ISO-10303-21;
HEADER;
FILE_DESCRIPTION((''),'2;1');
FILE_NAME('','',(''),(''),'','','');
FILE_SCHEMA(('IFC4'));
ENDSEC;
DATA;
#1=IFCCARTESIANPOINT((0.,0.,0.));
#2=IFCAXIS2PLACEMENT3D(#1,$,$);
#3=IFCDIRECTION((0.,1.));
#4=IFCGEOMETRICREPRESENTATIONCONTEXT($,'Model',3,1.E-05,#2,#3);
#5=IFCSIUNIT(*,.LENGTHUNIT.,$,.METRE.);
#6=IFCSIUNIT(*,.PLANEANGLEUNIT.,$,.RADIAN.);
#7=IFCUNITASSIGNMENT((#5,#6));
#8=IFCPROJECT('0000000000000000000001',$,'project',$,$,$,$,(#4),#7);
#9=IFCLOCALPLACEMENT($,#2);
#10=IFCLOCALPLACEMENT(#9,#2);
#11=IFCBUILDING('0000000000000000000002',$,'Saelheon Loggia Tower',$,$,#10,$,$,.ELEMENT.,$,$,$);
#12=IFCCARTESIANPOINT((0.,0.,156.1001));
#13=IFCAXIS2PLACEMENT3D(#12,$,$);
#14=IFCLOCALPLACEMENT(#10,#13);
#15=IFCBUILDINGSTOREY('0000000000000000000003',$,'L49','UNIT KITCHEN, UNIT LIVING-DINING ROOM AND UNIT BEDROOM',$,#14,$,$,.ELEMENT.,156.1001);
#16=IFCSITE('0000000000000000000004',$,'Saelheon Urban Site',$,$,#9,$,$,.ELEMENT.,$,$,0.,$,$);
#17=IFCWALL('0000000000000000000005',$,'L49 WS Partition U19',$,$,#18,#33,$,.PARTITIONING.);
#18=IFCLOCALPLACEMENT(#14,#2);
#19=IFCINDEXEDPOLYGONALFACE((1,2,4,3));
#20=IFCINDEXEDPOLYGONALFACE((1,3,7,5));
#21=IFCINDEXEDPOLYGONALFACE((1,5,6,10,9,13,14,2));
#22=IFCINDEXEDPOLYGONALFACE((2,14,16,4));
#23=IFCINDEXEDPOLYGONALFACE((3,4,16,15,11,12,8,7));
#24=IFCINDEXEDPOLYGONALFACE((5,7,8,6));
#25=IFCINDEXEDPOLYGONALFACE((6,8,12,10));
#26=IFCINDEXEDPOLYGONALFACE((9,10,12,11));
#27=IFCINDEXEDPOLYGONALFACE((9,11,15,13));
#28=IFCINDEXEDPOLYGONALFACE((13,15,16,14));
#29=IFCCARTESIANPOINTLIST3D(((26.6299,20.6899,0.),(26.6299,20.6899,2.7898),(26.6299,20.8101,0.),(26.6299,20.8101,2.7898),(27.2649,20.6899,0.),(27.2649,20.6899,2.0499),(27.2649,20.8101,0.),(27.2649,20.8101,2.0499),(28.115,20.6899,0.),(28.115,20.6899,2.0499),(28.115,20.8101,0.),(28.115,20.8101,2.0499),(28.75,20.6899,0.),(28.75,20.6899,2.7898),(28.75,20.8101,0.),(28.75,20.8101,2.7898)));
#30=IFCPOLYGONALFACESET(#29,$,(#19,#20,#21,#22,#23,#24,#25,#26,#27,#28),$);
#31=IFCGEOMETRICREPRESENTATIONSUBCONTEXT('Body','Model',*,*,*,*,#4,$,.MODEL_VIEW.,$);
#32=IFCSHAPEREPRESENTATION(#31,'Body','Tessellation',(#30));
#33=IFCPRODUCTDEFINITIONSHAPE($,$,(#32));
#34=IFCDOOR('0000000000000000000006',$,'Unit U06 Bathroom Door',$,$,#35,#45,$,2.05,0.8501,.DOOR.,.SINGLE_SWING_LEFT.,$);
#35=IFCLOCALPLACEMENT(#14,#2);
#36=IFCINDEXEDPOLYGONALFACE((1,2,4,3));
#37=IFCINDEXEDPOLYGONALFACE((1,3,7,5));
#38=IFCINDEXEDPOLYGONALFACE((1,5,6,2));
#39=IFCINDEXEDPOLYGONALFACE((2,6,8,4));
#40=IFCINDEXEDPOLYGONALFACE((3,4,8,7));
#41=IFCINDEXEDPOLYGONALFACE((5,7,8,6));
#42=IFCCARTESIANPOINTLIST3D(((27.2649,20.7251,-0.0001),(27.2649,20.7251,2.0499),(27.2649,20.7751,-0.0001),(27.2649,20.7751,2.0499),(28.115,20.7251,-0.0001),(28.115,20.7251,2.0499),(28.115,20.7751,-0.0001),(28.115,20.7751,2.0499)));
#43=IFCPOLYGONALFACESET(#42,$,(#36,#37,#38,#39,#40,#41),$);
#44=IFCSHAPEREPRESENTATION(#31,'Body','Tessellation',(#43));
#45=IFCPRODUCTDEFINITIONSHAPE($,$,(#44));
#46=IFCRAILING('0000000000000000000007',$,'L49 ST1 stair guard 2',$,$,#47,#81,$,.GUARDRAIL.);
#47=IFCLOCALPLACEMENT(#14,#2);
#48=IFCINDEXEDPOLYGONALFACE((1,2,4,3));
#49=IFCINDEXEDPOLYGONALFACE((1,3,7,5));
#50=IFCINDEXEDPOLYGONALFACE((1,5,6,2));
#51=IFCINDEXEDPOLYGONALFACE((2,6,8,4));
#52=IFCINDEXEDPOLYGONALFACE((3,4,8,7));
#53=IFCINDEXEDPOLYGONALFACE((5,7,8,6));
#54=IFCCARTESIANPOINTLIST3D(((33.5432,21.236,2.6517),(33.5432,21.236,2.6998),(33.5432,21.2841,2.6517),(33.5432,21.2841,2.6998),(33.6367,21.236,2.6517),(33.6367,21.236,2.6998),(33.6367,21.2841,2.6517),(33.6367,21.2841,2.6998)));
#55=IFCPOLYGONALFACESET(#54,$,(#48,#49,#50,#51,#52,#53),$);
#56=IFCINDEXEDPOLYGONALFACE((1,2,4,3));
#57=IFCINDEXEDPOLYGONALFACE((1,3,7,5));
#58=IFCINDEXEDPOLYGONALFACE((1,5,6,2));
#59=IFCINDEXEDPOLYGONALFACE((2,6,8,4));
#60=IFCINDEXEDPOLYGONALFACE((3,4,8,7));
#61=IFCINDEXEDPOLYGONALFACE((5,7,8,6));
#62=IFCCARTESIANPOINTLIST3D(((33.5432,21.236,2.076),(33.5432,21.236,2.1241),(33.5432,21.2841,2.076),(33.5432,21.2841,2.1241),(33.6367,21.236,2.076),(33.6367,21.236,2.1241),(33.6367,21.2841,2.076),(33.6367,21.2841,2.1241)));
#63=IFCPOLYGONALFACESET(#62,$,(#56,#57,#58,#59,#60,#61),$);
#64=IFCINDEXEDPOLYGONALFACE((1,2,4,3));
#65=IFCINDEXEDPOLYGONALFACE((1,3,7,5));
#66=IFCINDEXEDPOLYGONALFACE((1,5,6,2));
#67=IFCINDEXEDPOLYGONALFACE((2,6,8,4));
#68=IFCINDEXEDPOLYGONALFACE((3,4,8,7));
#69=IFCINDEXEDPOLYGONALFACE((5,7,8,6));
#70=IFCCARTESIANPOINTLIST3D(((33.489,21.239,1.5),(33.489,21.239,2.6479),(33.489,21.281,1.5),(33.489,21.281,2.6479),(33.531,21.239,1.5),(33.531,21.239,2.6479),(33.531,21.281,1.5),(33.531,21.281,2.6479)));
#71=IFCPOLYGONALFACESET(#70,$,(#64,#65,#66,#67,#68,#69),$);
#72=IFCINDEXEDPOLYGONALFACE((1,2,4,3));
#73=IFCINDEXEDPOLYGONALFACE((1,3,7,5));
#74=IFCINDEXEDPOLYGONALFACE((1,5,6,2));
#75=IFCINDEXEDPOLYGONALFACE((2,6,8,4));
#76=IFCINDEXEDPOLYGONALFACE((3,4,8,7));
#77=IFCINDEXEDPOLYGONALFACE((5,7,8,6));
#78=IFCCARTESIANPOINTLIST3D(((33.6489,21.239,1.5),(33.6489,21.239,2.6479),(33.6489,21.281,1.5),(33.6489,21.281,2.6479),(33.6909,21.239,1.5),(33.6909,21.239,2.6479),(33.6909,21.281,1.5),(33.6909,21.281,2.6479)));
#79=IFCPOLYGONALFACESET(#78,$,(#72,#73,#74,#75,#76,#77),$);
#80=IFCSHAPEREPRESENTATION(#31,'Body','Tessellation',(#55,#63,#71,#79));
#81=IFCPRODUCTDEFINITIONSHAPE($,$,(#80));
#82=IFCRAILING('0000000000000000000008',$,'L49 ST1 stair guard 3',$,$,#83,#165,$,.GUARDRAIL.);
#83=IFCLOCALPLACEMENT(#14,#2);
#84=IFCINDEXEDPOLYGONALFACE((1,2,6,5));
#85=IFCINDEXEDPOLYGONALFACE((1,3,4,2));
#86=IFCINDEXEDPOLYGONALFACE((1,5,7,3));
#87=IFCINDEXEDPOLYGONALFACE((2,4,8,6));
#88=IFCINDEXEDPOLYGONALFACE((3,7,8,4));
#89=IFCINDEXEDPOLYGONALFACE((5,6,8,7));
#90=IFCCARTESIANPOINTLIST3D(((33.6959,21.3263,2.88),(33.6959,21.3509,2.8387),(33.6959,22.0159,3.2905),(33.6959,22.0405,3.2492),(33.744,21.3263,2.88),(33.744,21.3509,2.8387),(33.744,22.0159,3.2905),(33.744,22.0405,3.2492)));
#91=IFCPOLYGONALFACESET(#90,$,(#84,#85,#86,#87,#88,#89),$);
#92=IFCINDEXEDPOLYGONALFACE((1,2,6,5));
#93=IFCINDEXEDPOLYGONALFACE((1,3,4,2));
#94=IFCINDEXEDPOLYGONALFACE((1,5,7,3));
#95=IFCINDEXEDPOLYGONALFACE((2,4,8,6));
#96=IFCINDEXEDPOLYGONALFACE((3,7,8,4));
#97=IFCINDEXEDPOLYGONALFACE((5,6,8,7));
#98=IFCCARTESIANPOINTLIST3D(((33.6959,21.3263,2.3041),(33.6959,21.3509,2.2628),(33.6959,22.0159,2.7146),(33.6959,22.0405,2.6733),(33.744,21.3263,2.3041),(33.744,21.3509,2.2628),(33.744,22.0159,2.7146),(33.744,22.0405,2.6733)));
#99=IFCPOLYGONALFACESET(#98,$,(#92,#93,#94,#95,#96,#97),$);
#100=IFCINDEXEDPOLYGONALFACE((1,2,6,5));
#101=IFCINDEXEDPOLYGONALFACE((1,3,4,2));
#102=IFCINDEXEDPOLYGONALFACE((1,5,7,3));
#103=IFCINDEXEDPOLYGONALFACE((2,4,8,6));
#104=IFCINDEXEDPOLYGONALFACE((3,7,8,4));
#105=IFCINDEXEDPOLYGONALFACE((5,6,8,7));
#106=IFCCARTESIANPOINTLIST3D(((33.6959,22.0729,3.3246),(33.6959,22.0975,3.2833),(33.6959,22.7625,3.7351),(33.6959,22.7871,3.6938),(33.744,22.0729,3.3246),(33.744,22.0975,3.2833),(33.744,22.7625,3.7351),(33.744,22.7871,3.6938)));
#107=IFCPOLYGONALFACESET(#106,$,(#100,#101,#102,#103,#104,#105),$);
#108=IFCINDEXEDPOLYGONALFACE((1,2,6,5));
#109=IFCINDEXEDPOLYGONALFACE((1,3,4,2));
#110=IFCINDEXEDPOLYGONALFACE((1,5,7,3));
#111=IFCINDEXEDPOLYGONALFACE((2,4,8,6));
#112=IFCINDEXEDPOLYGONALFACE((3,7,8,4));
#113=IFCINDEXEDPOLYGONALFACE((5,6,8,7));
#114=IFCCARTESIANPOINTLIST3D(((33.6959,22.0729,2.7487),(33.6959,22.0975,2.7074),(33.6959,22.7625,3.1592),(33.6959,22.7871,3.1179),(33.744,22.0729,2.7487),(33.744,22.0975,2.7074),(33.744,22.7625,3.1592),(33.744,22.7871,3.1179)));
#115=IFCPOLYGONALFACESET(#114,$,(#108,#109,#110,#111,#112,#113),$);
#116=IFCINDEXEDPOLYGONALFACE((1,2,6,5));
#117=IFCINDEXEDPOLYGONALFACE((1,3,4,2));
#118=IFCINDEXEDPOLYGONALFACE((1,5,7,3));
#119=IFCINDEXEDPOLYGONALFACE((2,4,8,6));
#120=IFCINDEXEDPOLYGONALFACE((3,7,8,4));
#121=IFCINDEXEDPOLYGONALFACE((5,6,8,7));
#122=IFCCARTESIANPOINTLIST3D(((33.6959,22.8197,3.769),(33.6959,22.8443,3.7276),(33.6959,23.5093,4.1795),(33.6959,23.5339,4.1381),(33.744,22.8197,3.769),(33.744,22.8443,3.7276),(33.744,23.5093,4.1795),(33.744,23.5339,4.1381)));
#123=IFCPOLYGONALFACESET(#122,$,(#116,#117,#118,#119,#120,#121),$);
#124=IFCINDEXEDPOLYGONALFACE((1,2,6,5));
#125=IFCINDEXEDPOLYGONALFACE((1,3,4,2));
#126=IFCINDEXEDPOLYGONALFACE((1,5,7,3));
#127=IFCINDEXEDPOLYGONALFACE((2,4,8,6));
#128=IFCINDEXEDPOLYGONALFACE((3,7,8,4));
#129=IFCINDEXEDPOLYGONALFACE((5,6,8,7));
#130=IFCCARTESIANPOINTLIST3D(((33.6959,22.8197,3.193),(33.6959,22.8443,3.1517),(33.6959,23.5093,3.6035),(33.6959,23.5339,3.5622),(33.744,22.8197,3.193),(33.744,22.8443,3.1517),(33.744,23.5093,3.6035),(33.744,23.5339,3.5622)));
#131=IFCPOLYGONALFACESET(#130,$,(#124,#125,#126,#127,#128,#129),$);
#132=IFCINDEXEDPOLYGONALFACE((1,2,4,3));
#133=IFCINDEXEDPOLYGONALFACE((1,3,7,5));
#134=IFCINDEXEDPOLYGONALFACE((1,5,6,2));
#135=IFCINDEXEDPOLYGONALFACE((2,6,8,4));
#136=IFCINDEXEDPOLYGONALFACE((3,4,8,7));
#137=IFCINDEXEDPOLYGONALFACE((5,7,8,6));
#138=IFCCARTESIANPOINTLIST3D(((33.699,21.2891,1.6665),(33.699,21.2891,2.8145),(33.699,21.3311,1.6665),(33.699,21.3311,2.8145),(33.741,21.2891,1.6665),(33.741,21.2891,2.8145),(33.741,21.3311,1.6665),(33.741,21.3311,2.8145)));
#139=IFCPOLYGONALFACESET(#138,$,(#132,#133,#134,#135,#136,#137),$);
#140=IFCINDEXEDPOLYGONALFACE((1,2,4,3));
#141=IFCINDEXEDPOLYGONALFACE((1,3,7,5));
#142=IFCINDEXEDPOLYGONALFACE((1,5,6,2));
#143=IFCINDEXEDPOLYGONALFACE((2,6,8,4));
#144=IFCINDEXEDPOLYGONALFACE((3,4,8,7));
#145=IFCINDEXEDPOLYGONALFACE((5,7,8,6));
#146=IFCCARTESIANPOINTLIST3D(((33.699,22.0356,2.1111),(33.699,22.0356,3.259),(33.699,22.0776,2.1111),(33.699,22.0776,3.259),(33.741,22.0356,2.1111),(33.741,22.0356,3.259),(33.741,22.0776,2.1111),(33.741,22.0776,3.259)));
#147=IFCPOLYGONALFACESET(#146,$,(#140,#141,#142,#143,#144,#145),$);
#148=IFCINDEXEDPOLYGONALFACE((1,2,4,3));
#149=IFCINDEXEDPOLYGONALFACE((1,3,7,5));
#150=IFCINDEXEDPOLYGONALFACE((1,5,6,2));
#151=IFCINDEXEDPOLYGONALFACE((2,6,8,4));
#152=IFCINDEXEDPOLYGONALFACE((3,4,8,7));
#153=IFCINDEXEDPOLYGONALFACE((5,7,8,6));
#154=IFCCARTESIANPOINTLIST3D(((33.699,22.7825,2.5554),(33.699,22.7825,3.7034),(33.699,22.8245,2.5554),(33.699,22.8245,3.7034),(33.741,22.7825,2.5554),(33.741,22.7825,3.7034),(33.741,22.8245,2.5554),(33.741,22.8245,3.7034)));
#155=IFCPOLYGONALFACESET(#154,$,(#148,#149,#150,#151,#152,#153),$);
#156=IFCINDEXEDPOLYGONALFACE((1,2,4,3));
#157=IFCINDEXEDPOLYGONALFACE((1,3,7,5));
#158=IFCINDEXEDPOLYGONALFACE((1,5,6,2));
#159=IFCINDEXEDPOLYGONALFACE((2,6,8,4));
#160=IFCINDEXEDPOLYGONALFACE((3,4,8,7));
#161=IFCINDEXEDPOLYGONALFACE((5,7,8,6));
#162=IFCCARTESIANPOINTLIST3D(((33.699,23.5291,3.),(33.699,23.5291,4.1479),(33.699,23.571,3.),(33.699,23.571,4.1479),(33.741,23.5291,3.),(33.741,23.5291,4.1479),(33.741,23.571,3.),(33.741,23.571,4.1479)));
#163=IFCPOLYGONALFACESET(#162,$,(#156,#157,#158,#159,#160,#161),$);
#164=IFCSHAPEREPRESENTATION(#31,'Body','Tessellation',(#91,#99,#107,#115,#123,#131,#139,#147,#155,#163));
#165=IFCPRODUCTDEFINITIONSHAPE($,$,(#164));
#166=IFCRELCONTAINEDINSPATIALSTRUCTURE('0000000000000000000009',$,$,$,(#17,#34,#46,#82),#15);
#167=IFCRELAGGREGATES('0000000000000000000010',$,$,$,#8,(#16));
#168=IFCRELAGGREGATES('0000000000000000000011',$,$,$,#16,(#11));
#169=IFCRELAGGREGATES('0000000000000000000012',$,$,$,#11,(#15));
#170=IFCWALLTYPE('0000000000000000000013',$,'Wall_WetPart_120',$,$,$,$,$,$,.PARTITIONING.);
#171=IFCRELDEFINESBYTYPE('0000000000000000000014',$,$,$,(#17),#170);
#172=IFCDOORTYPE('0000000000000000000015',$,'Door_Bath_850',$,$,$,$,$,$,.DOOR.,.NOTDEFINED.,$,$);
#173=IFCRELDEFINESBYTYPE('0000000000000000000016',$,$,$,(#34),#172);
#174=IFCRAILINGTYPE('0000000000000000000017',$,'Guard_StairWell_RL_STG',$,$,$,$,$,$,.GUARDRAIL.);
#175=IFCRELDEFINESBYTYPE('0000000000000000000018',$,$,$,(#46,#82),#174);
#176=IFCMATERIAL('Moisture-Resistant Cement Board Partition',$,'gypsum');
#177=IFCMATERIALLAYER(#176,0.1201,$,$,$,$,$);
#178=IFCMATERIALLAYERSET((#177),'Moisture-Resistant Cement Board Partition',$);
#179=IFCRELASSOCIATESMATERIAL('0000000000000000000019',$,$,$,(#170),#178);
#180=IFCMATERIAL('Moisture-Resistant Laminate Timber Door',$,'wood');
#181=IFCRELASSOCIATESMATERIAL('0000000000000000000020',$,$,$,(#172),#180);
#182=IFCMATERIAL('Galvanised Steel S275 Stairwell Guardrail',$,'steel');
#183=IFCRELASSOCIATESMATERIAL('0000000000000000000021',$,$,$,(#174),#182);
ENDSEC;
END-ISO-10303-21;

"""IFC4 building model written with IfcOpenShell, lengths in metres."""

from ifc_helpers import new_model, si_unit, direction, frame, frame_2d, origin, origin_2d, place, context, subcontext, project, spatial, rectangle, extrude, source, transform, mapped, material, layer, layer_set, type_object, element, fill, save


model = new_model("IFC4")

# Units and contexts
model_context = context("Model", 3, precision=1e-05, world=origin(), true_north=direction((0.0, 1.0)))
body_context = subcontext(model_context, "Body", "Model", "MODEL_VIEW")
ifc_project = project(units=[si_unit("LENGTHUNIT", "METRE"), si_unit("PLANEANGLEUNIT", "RADIAN")], contexts=[model_context])

# Site, building, storey
site_placement = place(None, origin())
site = spatial("IfcSite", under=ifc_project, at=site_placement, Name="Saelheon Urban Site", CompositionType="ELEMENT", RefElevation=0.0)
building_placement = place(site_placement, origin())
building = spatial("IfcBuilding", under=site, at=building_placement, Name="Saelheon Loggia Tower", CompositionType="ELEMENT")
storey_placement = place(building_placement, frame((0.0, 0.0, 156.1001)))
storey = spatial("IfcBuildingStorey", under=building, at=storey_placement, Name="L49", Description="UNIT KITCHEN, UNIT LIVING-DINING ROOM AND UNIT BEDROOM", CompositionType="ELEMENT", Elevation=156.1001)

# Wall, opening, door
ifc_material_1 = material(Name="Moisture-Resistant Cement Board Partition", Category="gypsum")
ifc_layer_1 = layer(ifc_material_1, 0.1201)
ifc_layer_set_1 = layer_set([ifc_layer_1], Name="Moisture-Resistant Cement Board Partition")
wall_type_1 = type_object("IfcWallType", Name="Wall_WetPart_120", PredefinedType="PARTITIONING", material=ifc_layer_set_1)
ifc_material_2 = material(Name="Moisture-Resistant Laminate Timber Door", Category="wood")
door_type_1 = type_object("IfcDoorType", Name="Door_Bath_850", OperationType="NOTDEFINED", PredefinedType="DOOR", material=ifc_material_2)
shared_shape_1 = source(origin(), body_context, "Body", "SweptSolid", [
    extrude(rectangle(XDim=0.8501, YDim=2.05, at=frame_2d((0.425, 1.0249))), frame((0.0, 0.0249, 0.0), z_axis=(0.0, -1.0, 0.0), x_axis=(1.0, 0.0, 0.0)), (0.0, 0.0, 1.0), 0.05),
])
wall_1_placement = place(storey_placement, frame((28.75, 20.75, 0.0), z_axis=(0.0, 0.0, 1.0), x_axis=(-1.0, 0.0, 0.0)))
wall_1 = element("IfcWall", 1, at=wall_1_placement, inside=storey, type_object=wall_type_1, Name="L49 WS Partition U19", PredefinedType="PARTITIONING", context=body_context, shape_type="SweptSolid", body=[
    extrude(rectangle(XDim=2.1201, YDim=0.1201, at=frame_2d((1.0601, 0.0))), origin(), (0.0, 0.0, 1.0), 2.7898),
])
opening_1_placement = place(wall_1_placement, frame((0.635, 0.0, 0.0)))
opening_1 = element("IfcOpeningElement", 2, at=opening_1_placement, cuts=wall_1, PredefinedType="OPENING", context=body_context, shape_type="SweptSolid", body=[
    extrude(rectangle(XDim=0.8501, YDim=2.05, at=frame_2d((0.425, 1.0249))), frame((0.0, 0.072, 0.0), z_axis=(0.0, -1.0, 0.0), x_axis=(1.0, 0.0, 0.0)), (0.0, 0.0, 1.0), 0.144),
])
door_1_placement = place(opening_1_placement, origin())
door_1 = element("IfcDoor", 3, at=door_1_placement, inside=storey, type_object=door_type_1, Name="Unit U06 Bathroom Door", OperationType="SINGLE_SWING_LEFT", OverallHeight=2.05, OverallWidth=0.8501, PredefinedType="DOOR", context=body_context, shape_type="MappedRepresentation", body=[
    mapped(shared_shape_1, transform((0.0, 0.0, 0.0), scale=1.0)),
])
fill(opening_1, door_1)

# Railings
ifc_material_3 = material(Name="Galvanised Steel S275 Stairwell Guardrail", Category="steel")
railing_type = type_object("IfcRailingType", Name="Guard_StairWell_RL_STG", PredefinedType="GUARDRAIL", material=ifc_material_3)
railing_1_placement = place(storey_placement, frame((33.51, 21.26, 1.5)))
element("IfcRailing", 4, at=railing_1_placement, inside=storey, type_object=railing_type, Name="L49 ST1 stair guard 2", PredefinedType="GUARDRAIL", context=body_context, shape_type="SweptSolid", body=[
    extrude(rectangle(XDim=0.0481, YDim=0.0481, at=origin_2d()), frame((0.0332, 0.0, 1.1758), z_axis=(1.0, 0.0, 0.0), x_axis=(0.0, 1.0, 0.0)), (0.0, 0.0, 1.0), 0.0935),
    extrude(rectangle(XDim=0.0481, YDim=0.0481, at=origin_2d()), frame((0.0332, 0.0, 0.6001), z_axis=(1.0, 0.0, 0.0), x_axis=(0.0, 1.0, 0.0)), (0.0, 0.0, 1.0), 0.0935),
    extrude(rectangle(XDim=0.042, YDim=0.042, at=origin_2d()), origin(), (0.0, 0.0, 1.0), 1.1479),
    extrude(rectangle(XDim=0.042, YDim=0.042, at=origin_2d()), frame((0.1599, 0.0, 0.0)), (0.0, 0.0, 1.0), 1.1479),
])
railing_2_placement = place(storey_placement, frame((33.72, 21.3101, 1.6665)))
element("IfcRailing", 5, at=railing_2_placement, inside=storey, type_object=railing_type, Name="L49 ST1 stair guard 3", PredefinedType="GUARDRAIL", context=body_context, shape_type="SweptSolid", body=[
    extrude(rectangle(XDim=0.0481, YDim=0.0481, at=origin_2d()), frame((0.0, 0.0286, 1.1929), z_axis=(0.0, 0.859264, 0.511532), x_axis=(-1.0, 0.0, 0.0)), (0.0, 0.0, 1.0), 0.8025),
    extrude(rectangle(XDim=0.0481, YDim=0.0481, at=origin_2d()), frame((0.0, 0.0286, 0.6169), z_axis=(0.0, 0.859264, 0.511532), x_axis=(-1.0, 0.0, 0.0)), (0.0, 0.0, 1.0), 0.8025),
    extrude(rectangle(XDim=0.0481, YDim=0.0481, at=origin_2d()), frame((0.0, 0.7751, 1.6375), z_axis=(0.0, 0.859264, 0.511532), x_axis=(-1.0, 0.0, 0.0)), (0.0, 0.0, 1.0), 0.8025),
    extrude(rectangle(XDim=0.0481, YDim=0.0481, at=origin_2d()), frame((0.0, 0.7751, 1.0615), z_axis=(0.0, 0.859264, 0.511532), x_axis=(-1.0, 0.0, 0.0)), (0.0, 0.0, 1.0), 0.8025),
    extrude(rectangle(XDim=0.0481, YDim=0.0481, at=origin_2d()), frame((0.0, 1.522, 2.0818), z_axis=(0.0, 0.859264, 0.511532), x_axis=(-1.0, 0.0, 0.0)), (0.0, 0.0, 1.0), 0.8025),
    extrude(rectangle(XDim=0.0481, YDim=0.0481, at=origin_2d()), frame((0.0, 1.522, 1.5059), z_axis=(0.0, 0.859264, 0.511532), x_axis=(-1.0, 0.0, 0.0)), (0.0, 0.0, 1.0), 0.8025),
    extrude(rectangle(XDim=0.042, YDim=0.042, at=origin_2d()), origin(), (0.0, 0.0, 1.0), 1.1479),
    extrude(rectangle(XDim=0.042, YDim=0.042, at=origin_2d()), frame((0.0, 0.7466, 0.4446)), (0.0, 0.0, 1.0), 1.1479),
    extrude(rectangle(XDim=0.042, YDim=0.042, at=origin_2d()), frame((0.0, 1.4934, 0.8889)), (0.0, 0.0, 1.0), 1.1479),
    extrude(rectangle(XDim=0.042, YDim=0.042, at=origin_2d()), frame((0.0, 2.24, 1.3335)), (0.0, 0.0, 1.0), 1.1479),
])

save(model, "model.ifc")
